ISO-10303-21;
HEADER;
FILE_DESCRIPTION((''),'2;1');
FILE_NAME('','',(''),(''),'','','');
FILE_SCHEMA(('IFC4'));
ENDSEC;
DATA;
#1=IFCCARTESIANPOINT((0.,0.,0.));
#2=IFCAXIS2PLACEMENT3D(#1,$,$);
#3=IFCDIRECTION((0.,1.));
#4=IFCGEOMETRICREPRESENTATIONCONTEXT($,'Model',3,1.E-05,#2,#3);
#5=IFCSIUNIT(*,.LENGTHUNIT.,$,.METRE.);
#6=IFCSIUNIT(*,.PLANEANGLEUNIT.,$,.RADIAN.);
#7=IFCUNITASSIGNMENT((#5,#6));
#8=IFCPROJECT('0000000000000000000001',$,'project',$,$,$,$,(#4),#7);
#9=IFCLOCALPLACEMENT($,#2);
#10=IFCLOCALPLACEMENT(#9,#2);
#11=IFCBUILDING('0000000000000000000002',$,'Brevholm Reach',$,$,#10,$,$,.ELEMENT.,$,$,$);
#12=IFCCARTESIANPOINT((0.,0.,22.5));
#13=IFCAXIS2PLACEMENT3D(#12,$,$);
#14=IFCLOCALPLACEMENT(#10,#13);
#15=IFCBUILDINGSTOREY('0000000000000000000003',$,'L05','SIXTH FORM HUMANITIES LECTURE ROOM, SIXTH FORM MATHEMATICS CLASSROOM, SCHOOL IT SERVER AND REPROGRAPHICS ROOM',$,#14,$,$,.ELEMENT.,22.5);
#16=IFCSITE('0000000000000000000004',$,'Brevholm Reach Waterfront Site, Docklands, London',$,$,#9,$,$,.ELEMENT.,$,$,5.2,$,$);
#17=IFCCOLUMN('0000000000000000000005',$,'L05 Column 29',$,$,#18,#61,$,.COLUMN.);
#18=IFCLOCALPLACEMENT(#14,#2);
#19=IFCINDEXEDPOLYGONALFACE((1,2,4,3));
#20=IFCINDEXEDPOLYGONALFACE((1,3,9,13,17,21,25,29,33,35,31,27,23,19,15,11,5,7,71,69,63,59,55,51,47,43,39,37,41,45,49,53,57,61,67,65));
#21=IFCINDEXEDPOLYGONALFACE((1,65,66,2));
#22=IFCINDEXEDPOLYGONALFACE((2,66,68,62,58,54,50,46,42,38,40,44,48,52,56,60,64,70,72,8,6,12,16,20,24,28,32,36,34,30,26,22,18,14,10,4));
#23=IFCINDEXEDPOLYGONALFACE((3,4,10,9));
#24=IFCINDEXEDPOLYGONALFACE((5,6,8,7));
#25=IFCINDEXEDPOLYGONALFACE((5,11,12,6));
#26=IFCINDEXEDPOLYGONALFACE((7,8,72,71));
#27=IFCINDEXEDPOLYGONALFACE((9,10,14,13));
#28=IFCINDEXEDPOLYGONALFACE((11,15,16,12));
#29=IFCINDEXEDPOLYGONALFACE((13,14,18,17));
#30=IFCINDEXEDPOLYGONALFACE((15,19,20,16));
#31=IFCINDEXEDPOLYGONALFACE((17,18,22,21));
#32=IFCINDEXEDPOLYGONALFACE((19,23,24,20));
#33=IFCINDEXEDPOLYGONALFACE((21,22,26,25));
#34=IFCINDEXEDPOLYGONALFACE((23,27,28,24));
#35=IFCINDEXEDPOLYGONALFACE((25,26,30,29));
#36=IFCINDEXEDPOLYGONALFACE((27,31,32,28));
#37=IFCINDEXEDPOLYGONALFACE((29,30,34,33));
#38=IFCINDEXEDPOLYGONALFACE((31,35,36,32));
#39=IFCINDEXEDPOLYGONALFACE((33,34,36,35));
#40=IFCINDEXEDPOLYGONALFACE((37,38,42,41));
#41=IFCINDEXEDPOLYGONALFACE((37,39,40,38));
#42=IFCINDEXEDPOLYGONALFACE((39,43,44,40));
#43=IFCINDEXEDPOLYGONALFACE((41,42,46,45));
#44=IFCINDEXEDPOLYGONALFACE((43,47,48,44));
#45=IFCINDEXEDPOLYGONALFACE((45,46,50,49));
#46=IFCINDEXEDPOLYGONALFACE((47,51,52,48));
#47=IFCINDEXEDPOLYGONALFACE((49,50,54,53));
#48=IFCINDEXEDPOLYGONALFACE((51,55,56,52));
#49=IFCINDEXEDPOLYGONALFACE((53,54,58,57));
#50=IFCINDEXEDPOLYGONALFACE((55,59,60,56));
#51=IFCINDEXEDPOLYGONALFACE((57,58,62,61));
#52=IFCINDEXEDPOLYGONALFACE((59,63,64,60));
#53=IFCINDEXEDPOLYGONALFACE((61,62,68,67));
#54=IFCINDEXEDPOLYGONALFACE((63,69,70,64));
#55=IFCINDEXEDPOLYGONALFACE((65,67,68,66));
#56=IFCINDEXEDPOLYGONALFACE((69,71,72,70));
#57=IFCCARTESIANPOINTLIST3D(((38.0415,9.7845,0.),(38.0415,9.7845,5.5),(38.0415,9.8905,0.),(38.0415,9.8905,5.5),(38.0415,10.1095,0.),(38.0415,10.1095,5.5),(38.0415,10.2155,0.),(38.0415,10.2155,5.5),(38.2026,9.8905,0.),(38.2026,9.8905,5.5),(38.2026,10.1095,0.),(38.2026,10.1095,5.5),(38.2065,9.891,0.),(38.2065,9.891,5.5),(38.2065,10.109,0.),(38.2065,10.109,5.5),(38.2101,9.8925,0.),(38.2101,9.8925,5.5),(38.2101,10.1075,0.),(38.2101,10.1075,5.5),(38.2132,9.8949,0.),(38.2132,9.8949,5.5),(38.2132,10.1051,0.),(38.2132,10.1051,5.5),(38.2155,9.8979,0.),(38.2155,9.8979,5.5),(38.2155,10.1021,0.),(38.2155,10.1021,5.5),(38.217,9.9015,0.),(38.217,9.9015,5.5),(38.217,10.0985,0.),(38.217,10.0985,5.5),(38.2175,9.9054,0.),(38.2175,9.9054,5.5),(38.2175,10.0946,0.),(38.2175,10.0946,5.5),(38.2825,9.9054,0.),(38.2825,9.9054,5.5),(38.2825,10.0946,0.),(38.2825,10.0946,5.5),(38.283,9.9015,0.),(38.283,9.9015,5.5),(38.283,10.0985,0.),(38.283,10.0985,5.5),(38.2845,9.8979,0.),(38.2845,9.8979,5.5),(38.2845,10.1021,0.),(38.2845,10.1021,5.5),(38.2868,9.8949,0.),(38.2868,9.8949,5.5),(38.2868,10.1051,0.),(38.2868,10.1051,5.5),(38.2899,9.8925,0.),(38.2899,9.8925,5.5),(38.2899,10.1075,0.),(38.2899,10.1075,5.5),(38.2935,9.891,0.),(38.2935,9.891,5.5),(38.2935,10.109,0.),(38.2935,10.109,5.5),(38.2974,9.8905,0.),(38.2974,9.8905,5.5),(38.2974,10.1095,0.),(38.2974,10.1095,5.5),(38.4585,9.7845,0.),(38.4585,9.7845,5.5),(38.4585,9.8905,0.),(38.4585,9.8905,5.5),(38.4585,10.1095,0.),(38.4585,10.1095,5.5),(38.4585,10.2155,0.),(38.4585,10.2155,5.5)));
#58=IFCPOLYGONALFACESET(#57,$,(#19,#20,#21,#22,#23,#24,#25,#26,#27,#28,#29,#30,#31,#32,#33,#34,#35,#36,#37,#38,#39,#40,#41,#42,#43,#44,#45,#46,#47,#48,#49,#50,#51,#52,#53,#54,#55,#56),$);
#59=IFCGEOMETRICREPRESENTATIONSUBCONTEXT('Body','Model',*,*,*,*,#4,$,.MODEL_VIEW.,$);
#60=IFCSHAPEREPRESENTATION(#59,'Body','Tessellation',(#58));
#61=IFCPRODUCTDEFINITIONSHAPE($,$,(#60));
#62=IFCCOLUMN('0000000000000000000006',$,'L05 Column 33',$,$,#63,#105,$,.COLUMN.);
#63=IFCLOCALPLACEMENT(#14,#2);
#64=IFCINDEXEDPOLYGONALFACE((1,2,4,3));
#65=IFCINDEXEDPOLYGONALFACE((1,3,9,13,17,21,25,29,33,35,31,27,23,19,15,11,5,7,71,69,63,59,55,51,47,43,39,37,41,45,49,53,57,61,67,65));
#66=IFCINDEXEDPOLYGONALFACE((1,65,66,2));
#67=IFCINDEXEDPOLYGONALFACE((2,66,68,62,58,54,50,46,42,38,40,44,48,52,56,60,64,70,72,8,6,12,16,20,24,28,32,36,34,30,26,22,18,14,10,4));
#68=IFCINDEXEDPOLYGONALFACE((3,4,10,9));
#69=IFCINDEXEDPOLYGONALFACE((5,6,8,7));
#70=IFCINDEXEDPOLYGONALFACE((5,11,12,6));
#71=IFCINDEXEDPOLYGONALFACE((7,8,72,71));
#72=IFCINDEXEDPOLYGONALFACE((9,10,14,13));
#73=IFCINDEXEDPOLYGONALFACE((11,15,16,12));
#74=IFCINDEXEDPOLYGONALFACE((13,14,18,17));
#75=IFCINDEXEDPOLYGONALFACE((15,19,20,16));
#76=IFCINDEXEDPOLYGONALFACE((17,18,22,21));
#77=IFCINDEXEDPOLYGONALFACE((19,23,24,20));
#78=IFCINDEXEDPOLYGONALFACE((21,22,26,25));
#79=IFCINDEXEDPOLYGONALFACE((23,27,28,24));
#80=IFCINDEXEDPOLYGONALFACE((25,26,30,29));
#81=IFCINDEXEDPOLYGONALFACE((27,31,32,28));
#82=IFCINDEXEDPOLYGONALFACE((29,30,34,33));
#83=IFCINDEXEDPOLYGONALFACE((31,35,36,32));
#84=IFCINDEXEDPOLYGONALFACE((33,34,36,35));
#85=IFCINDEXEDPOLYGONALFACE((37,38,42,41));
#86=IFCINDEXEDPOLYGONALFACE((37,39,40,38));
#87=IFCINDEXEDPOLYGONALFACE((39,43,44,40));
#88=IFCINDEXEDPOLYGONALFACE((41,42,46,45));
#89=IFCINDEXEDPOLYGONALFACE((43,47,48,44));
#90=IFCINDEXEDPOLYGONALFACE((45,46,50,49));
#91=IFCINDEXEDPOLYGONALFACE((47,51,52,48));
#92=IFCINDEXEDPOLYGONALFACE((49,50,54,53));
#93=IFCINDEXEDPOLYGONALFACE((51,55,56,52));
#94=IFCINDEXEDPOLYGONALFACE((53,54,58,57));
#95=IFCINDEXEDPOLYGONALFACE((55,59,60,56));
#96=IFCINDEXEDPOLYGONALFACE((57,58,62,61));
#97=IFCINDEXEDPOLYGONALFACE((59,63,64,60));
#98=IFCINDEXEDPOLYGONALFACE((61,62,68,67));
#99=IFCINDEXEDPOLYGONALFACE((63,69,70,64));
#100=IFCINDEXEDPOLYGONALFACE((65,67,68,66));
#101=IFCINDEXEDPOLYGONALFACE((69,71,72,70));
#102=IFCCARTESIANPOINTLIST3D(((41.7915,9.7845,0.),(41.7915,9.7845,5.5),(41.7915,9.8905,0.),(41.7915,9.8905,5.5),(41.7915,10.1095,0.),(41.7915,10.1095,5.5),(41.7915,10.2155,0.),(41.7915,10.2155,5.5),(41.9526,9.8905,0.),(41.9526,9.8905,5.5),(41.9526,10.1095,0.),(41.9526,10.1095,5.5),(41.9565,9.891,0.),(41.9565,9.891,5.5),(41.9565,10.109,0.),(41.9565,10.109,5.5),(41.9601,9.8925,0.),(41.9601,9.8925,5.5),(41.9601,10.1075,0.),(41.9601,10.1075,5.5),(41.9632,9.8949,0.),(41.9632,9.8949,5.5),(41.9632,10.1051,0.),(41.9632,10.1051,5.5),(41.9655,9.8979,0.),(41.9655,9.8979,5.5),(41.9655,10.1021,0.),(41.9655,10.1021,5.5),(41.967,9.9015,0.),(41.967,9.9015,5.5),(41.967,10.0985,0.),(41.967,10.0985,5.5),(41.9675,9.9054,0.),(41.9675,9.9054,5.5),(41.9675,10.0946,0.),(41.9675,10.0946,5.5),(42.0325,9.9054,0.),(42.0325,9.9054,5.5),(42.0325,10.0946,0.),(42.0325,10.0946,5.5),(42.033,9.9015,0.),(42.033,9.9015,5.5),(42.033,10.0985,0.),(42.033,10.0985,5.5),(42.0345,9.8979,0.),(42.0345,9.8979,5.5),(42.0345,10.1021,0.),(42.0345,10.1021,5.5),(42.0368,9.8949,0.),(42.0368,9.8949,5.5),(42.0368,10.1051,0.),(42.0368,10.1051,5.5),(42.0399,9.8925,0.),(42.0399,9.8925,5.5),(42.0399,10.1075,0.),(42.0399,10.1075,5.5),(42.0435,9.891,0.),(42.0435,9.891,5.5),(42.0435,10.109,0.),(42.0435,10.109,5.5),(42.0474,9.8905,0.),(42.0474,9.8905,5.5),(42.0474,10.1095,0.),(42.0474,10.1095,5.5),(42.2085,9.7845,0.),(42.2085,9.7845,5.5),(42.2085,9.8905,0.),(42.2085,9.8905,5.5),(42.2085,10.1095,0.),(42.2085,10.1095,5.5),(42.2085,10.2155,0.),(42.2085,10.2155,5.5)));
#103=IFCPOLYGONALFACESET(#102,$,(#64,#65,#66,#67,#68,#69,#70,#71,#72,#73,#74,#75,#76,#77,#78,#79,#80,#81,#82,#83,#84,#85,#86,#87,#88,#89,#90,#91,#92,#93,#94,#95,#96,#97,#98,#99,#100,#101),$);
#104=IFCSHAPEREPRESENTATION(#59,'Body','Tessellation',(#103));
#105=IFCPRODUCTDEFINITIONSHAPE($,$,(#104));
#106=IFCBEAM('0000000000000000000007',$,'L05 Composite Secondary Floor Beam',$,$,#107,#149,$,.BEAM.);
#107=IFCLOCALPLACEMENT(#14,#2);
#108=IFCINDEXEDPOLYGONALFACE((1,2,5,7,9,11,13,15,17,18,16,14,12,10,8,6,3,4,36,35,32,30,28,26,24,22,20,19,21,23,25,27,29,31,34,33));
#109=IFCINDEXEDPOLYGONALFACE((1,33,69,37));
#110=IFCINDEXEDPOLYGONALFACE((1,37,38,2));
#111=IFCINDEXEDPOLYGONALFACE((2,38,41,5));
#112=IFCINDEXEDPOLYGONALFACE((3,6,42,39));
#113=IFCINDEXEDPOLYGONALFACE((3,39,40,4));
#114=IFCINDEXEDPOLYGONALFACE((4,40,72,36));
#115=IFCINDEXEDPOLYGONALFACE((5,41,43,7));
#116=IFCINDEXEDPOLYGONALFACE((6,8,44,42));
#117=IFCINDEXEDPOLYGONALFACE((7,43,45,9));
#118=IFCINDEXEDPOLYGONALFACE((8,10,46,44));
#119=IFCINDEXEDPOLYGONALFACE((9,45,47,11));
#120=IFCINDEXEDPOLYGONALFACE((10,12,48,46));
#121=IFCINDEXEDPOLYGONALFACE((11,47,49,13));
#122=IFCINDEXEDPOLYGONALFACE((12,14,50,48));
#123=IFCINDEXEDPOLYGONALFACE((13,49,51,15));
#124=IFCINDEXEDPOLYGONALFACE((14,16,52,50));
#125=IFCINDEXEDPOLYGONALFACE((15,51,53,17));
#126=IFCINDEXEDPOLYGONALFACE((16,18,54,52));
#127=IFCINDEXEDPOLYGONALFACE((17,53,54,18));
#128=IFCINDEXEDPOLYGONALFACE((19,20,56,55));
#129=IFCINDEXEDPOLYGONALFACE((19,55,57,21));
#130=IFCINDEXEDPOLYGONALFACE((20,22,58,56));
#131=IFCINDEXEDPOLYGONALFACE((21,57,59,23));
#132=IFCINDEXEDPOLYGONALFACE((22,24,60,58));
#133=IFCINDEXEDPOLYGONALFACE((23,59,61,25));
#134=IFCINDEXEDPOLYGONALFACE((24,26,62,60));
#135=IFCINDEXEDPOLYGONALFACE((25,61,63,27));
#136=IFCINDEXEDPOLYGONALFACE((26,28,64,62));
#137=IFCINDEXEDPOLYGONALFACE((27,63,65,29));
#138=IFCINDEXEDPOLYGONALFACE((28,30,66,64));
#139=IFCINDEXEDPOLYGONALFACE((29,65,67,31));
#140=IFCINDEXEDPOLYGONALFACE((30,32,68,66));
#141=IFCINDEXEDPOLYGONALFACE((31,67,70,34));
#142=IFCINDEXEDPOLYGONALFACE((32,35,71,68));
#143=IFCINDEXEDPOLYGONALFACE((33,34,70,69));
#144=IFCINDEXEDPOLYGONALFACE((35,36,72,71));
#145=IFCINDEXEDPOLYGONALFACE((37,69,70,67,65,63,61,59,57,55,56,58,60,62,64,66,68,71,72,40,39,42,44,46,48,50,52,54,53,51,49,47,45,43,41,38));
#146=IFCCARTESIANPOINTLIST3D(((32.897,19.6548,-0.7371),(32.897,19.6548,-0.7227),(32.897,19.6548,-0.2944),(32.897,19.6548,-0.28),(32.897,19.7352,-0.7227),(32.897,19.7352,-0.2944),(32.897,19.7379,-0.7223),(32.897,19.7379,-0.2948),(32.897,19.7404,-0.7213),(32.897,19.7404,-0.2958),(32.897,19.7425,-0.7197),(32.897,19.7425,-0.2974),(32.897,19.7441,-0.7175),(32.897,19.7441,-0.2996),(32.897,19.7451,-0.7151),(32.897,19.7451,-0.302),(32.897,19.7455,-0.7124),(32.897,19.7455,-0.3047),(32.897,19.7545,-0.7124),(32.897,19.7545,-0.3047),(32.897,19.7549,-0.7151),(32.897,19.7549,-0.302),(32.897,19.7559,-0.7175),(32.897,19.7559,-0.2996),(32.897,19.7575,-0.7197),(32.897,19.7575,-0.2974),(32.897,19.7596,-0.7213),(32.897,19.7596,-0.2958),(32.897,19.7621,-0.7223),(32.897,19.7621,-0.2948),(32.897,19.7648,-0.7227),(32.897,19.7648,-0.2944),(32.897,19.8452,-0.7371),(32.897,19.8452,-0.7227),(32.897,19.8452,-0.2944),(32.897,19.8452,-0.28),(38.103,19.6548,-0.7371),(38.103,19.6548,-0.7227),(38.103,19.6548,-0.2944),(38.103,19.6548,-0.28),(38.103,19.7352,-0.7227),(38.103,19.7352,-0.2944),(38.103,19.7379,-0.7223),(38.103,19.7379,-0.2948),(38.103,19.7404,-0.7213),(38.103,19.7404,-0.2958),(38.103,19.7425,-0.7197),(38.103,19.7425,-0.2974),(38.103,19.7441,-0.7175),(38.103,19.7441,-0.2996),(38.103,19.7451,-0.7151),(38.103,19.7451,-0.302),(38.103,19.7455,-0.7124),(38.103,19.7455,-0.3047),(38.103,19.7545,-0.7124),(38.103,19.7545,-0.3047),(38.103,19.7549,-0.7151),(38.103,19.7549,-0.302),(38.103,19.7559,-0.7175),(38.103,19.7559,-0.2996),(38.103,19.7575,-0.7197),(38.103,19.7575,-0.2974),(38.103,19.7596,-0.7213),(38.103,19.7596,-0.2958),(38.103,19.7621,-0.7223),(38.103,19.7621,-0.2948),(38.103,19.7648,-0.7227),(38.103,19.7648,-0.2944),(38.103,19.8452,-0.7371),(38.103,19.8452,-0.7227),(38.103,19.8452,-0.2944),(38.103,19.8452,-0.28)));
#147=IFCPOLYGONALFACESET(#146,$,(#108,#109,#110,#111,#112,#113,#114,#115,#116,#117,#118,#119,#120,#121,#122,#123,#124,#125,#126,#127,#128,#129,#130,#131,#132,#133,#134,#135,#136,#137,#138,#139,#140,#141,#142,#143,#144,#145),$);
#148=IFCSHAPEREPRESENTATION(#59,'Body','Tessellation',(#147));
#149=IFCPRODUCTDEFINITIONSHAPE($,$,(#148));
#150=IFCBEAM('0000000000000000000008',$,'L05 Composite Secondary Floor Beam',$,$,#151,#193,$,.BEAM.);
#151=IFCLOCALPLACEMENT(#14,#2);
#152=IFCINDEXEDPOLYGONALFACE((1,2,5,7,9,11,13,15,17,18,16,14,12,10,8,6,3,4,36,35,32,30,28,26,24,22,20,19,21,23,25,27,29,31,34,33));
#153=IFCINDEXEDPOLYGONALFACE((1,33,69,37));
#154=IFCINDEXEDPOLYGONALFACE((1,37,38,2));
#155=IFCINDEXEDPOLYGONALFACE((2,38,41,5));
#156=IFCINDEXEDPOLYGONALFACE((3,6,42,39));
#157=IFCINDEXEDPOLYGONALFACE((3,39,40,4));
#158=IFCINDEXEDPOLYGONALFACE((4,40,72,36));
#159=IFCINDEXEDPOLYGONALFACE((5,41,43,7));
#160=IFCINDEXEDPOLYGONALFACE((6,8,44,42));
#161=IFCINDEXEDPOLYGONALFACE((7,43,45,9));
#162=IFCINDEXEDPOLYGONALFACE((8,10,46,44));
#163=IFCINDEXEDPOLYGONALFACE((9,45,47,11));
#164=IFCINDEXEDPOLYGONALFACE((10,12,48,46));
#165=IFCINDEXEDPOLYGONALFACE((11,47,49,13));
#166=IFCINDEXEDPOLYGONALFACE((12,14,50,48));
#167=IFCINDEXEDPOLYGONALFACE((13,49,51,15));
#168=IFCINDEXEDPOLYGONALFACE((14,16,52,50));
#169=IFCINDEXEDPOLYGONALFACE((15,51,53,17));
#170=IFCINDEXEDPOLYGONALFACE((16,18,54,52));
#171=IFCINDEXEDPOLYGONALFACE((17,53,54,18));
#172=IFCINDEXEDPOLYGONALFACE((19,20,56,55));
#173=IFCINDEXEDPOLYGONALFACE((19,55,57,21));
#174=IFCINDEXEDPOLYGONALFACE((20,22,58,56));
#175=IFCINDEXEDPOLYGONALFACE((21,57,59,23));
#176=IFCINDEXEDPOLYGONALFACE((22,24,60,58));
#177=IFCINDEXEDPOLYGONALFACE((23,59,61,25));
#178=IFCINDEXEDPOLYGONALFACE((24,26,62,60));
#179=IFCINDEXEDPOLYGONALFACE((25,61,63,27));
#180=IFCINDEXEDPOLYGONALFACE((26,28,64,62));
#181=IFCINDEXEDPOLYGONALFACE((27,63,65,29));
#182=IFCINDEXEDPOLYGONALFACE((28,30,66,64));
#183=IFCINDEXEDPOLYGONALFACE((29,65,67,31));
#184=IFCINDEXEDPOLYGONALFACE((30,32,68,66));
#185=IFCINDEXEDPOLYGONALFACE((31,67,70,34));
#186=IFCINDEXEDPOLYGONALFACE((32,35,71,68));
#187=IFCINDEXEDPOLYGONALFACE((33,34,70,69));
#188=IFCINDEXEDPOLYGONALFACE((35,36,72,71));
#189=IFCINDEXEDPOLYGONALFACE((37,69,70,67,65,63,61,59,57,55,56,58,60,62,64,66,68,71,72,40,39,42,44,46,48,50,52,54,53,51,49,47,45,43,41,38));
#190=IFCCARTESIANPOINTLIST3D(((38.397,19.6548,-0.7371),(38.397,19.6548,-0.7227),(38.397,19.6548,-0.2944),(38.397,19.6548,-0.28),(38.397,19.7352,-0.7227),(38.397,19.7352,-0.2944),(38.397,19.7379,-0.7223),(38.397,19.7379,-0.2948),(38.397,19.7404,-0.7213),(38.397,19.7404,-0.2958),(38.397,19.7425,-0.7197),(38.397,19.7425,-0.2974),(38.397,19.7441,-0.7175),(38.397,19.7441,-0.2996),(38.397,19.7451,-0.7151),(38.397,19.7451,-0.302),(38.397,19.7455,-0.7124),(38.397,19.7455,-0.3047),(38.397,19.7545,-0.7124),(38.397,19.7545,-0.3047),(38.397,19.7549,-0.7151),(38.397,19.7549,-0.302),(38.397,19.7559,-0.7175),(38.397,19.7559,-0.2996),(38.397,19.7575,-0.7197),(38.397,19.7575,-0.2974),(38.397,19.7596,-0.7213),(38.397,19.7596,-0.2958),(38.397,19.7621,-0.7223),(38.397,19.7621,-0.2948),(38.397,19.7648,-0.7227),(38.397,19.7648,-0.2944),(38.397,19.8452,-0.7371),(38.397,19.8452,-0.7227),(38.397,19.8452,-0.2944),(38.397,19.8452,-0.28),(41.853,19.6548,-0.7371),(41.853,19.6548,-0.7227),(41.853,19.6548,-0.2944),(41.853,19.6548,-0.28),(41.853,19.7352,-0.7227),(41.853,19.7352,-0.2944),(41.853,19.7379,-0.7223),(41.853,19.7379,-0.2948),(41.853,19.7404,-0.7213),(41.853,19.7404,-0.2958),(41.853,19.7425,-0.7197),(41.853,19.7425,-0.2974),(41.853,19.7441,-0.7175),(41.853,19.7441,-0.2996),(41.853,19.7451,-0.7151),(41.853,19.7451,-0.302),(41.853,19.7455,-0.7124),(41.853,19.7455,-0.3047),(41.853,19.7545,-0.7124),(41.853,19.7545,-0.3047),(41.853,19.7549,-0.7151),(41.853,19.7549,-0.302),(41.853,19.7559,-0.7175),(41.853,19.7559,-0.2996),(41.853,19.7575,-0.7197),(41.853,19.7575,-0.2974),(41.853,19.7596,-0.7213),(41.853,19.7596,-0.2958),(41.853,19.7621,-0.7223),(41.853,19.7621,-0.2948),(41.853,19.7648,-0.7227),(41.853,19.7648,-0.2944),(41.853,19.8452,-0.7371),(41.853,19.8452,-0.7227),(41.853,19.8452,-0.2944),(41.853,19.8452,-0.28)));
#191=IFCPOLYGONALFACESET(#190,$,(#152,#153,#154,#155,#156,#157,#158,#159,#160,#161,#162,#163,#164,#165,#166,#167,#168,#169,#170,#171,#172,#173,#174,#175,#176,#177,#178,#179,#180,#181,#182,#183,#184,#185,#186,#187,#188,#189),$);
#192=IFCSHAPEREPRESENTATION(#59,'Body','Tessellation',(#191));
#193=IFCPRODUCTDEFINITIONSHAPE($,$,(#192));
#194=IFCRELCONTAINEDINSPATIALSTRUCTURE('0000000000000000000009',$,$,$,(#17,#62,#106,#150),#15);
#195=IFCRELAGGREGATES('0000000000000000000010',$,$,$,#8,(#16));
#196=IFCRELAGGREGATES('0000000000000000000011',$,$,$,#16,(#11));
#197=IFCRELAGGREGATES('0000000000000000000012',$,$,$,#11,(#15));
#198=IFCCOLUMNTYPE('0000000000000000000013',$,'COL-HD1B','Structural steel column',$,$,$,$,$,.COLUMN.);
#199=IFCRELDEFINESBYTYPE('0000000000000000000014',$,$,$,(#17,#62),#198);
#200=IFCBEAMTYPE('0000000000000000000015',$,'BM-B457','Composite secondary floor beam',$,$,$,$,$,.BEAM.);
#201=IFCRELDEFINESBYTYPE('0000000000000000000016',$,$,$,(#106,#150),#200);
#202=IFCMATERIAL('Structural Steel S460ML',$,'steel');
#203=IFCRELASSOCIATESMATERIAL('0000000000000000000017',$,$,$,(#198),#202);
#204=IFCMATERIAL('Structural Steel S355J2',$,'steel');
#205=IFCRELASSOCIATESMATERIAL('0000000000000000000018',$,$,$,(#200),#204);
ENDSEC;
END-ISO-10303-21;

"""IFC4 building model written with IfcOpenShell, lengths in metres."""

from ifc_helpers import new_model, si_unit, direction, frame, origin, origin_2d, place, context, subcontext, project, spatial, i_section, extrude, material, material_profile, profile_set, type_object, element, save


model = new_model("IFC4")

# Units and contexts
model_context = context("Model", 3, precision=1e-05, world=origin(), true_north=direction((0.0, 1.0)))
body_context = subcontext(model_context, "Body", "Model", "MODEL_VIEW")
ifc_project = project(units=[si_unit("LENGTHUNIT", "METRE"), si_unit("PLANEANGLEUNIT", "RADIAN")], contexts=[model_context])

# Site, building, storey
site_placement = place(None, origin())
site = spatial("IfcSite", under=ifc_project, at=site_placement, Name="Brevholm Reach Waterfront Site, Docklands, London", CompositionType="ELEMENT", RefElevation=5.2)
building_placement = place(site_placement, origin())
building = spatial("IfcBuilding", under=site, at=building_placement, Name="Brevholm Reach", CompositionType="ELEMENT")
storey_placement = place(building_placement, frame((0.0, 0.0, 22.5)))
storey = spatial("IfcBuildingStorey", under=building, at=storey_placement, Name="L05", Description="SIXTH FORM HUMANITIES LECTURE ROOM, SIXTH FORM MATHEMATICS CLASSROOM, SCHOOL IT SERVER AND REPROGRAPHICS ROOM", CompositionType="ELEMENT", Elevation=22.5)

# Columns
ifc_material_1 = material(Name="Structural Steel S460ML", Category="steel")
ifc_material_profile_1 = material_profile(ifc_material_1, i_section(OverallWidth=0.417, OverallDepth=0.4309, WebThickness=0.0649, FlangeThickness=0.106, FilletRadius=0.0149, at=origin_2d()), Name="HD 400x900")
ifc_profile_set_1 = profile_set([ifc_material_profile_1], Name="Structural Steel S460ML")
column_type = type_object("IfcColumnType", Name="COL-HD1B", Description="Structural steel column", PredefinedType="COLUMN", material=ifc_profile_set_1)
for number, where, z_axis, x_axis, name in (
    (1, (38.25, 10.0, 0.0), (0.0, 0.0, 1.0), (1.0, 0.0, 0.0), "L05 Column 29"),
    (2, (42.0, 10.0, 0.0), (0.0, 0.0, 1.0), (1.0, 0.0, 0.0), "L05 Column 33"),
):
    element("IfcColumn", number, at=place(storey_placement, frame(where, z_axis=z_axis, x_axis=x_axis)), inside=storey, type_object=column_type, Name=name, PredefinedType="COLUMN", context=body_context, shape_type="SweptSolid", body=[
        extrude(i_section(OverallWidth=0.417, OverallDepth=0.4309, WebThickness=0.0649, FlangeThickness=0.106, FilletRadius=0.0149, at=origin_2d()), origin(), (0.0, 0.0, 1.0), 5.5),
    ])

# Beams
ifc_material_2 = material(Name="Structural Steel S355J2", Category="steel")
ifc_material_profile_2 = material_profile(ifc_material_2, i_section(OverallWidth=0.1904, OverallDepth=0.457, WebThickness=0.009, FlangeThickness=0.0144, FilletRadius=0.0103, at=origin_2d()), Name="UKB 457x191x74")
ifc_profile_set_2 = profile_set([ifc_material_profile_2], Name="Structural Steel S355J2")
beam_type_1 = type_object("IfcBeamType", Name="BM-B457", Description="Composite secondary floor beam", PredefinedType="BEAM", material=ifc_profile_set_2)
beam_1_placement = place(storey_placement, frame((32.897, 19.75, -0.5085), z_axis=(1.0, 0.0, 0.0), x_axis=(0.0, 1.0, 0.0)))
element("IfcBeam", 3, at=beam_1_placement, inside=storey, type_object=beam_type_1, Name="L05 Composite Secondary Floor Beam", PredefinedType="BEAM", context=body_context, shape_type="SweptSolid", body=[
    extrude(i_section(OverallWidth=0.1904, OverallDepth=0.457, WebThickness=0.009, FlangeThickness=0.0144, FilletRadius=0.0103, at=origin_2d()), origin(), (0.0, 0.0, 1.0), 5.2061),
])
beam_2_placement = place(storey_placement, frame((38.397, 19.75, -0.5085), z_axis=(1.0, 0.0, 0.0), x_axis=(0.0, 1.0, 0.0)))
element("IfcBeam", 4, at=beam_2_placement, inside=storey, type_object=beam_type_1, Name="L05 Composite Secondary Floor Beam", PredefinedType="BEAM", context=body_context, shape_type="SweptSolid", body=[
    extrude(i_section(OverallWidth=0.1904, OverallDepth=0.457, WebThickness=0.009, FlangeThickness=0.0144, FilletRadius=0.0103, at=origin_2d()), origin(), (0.0, 0.0, 1.0), 3.4561),
])

save(model, "model.ifc")
